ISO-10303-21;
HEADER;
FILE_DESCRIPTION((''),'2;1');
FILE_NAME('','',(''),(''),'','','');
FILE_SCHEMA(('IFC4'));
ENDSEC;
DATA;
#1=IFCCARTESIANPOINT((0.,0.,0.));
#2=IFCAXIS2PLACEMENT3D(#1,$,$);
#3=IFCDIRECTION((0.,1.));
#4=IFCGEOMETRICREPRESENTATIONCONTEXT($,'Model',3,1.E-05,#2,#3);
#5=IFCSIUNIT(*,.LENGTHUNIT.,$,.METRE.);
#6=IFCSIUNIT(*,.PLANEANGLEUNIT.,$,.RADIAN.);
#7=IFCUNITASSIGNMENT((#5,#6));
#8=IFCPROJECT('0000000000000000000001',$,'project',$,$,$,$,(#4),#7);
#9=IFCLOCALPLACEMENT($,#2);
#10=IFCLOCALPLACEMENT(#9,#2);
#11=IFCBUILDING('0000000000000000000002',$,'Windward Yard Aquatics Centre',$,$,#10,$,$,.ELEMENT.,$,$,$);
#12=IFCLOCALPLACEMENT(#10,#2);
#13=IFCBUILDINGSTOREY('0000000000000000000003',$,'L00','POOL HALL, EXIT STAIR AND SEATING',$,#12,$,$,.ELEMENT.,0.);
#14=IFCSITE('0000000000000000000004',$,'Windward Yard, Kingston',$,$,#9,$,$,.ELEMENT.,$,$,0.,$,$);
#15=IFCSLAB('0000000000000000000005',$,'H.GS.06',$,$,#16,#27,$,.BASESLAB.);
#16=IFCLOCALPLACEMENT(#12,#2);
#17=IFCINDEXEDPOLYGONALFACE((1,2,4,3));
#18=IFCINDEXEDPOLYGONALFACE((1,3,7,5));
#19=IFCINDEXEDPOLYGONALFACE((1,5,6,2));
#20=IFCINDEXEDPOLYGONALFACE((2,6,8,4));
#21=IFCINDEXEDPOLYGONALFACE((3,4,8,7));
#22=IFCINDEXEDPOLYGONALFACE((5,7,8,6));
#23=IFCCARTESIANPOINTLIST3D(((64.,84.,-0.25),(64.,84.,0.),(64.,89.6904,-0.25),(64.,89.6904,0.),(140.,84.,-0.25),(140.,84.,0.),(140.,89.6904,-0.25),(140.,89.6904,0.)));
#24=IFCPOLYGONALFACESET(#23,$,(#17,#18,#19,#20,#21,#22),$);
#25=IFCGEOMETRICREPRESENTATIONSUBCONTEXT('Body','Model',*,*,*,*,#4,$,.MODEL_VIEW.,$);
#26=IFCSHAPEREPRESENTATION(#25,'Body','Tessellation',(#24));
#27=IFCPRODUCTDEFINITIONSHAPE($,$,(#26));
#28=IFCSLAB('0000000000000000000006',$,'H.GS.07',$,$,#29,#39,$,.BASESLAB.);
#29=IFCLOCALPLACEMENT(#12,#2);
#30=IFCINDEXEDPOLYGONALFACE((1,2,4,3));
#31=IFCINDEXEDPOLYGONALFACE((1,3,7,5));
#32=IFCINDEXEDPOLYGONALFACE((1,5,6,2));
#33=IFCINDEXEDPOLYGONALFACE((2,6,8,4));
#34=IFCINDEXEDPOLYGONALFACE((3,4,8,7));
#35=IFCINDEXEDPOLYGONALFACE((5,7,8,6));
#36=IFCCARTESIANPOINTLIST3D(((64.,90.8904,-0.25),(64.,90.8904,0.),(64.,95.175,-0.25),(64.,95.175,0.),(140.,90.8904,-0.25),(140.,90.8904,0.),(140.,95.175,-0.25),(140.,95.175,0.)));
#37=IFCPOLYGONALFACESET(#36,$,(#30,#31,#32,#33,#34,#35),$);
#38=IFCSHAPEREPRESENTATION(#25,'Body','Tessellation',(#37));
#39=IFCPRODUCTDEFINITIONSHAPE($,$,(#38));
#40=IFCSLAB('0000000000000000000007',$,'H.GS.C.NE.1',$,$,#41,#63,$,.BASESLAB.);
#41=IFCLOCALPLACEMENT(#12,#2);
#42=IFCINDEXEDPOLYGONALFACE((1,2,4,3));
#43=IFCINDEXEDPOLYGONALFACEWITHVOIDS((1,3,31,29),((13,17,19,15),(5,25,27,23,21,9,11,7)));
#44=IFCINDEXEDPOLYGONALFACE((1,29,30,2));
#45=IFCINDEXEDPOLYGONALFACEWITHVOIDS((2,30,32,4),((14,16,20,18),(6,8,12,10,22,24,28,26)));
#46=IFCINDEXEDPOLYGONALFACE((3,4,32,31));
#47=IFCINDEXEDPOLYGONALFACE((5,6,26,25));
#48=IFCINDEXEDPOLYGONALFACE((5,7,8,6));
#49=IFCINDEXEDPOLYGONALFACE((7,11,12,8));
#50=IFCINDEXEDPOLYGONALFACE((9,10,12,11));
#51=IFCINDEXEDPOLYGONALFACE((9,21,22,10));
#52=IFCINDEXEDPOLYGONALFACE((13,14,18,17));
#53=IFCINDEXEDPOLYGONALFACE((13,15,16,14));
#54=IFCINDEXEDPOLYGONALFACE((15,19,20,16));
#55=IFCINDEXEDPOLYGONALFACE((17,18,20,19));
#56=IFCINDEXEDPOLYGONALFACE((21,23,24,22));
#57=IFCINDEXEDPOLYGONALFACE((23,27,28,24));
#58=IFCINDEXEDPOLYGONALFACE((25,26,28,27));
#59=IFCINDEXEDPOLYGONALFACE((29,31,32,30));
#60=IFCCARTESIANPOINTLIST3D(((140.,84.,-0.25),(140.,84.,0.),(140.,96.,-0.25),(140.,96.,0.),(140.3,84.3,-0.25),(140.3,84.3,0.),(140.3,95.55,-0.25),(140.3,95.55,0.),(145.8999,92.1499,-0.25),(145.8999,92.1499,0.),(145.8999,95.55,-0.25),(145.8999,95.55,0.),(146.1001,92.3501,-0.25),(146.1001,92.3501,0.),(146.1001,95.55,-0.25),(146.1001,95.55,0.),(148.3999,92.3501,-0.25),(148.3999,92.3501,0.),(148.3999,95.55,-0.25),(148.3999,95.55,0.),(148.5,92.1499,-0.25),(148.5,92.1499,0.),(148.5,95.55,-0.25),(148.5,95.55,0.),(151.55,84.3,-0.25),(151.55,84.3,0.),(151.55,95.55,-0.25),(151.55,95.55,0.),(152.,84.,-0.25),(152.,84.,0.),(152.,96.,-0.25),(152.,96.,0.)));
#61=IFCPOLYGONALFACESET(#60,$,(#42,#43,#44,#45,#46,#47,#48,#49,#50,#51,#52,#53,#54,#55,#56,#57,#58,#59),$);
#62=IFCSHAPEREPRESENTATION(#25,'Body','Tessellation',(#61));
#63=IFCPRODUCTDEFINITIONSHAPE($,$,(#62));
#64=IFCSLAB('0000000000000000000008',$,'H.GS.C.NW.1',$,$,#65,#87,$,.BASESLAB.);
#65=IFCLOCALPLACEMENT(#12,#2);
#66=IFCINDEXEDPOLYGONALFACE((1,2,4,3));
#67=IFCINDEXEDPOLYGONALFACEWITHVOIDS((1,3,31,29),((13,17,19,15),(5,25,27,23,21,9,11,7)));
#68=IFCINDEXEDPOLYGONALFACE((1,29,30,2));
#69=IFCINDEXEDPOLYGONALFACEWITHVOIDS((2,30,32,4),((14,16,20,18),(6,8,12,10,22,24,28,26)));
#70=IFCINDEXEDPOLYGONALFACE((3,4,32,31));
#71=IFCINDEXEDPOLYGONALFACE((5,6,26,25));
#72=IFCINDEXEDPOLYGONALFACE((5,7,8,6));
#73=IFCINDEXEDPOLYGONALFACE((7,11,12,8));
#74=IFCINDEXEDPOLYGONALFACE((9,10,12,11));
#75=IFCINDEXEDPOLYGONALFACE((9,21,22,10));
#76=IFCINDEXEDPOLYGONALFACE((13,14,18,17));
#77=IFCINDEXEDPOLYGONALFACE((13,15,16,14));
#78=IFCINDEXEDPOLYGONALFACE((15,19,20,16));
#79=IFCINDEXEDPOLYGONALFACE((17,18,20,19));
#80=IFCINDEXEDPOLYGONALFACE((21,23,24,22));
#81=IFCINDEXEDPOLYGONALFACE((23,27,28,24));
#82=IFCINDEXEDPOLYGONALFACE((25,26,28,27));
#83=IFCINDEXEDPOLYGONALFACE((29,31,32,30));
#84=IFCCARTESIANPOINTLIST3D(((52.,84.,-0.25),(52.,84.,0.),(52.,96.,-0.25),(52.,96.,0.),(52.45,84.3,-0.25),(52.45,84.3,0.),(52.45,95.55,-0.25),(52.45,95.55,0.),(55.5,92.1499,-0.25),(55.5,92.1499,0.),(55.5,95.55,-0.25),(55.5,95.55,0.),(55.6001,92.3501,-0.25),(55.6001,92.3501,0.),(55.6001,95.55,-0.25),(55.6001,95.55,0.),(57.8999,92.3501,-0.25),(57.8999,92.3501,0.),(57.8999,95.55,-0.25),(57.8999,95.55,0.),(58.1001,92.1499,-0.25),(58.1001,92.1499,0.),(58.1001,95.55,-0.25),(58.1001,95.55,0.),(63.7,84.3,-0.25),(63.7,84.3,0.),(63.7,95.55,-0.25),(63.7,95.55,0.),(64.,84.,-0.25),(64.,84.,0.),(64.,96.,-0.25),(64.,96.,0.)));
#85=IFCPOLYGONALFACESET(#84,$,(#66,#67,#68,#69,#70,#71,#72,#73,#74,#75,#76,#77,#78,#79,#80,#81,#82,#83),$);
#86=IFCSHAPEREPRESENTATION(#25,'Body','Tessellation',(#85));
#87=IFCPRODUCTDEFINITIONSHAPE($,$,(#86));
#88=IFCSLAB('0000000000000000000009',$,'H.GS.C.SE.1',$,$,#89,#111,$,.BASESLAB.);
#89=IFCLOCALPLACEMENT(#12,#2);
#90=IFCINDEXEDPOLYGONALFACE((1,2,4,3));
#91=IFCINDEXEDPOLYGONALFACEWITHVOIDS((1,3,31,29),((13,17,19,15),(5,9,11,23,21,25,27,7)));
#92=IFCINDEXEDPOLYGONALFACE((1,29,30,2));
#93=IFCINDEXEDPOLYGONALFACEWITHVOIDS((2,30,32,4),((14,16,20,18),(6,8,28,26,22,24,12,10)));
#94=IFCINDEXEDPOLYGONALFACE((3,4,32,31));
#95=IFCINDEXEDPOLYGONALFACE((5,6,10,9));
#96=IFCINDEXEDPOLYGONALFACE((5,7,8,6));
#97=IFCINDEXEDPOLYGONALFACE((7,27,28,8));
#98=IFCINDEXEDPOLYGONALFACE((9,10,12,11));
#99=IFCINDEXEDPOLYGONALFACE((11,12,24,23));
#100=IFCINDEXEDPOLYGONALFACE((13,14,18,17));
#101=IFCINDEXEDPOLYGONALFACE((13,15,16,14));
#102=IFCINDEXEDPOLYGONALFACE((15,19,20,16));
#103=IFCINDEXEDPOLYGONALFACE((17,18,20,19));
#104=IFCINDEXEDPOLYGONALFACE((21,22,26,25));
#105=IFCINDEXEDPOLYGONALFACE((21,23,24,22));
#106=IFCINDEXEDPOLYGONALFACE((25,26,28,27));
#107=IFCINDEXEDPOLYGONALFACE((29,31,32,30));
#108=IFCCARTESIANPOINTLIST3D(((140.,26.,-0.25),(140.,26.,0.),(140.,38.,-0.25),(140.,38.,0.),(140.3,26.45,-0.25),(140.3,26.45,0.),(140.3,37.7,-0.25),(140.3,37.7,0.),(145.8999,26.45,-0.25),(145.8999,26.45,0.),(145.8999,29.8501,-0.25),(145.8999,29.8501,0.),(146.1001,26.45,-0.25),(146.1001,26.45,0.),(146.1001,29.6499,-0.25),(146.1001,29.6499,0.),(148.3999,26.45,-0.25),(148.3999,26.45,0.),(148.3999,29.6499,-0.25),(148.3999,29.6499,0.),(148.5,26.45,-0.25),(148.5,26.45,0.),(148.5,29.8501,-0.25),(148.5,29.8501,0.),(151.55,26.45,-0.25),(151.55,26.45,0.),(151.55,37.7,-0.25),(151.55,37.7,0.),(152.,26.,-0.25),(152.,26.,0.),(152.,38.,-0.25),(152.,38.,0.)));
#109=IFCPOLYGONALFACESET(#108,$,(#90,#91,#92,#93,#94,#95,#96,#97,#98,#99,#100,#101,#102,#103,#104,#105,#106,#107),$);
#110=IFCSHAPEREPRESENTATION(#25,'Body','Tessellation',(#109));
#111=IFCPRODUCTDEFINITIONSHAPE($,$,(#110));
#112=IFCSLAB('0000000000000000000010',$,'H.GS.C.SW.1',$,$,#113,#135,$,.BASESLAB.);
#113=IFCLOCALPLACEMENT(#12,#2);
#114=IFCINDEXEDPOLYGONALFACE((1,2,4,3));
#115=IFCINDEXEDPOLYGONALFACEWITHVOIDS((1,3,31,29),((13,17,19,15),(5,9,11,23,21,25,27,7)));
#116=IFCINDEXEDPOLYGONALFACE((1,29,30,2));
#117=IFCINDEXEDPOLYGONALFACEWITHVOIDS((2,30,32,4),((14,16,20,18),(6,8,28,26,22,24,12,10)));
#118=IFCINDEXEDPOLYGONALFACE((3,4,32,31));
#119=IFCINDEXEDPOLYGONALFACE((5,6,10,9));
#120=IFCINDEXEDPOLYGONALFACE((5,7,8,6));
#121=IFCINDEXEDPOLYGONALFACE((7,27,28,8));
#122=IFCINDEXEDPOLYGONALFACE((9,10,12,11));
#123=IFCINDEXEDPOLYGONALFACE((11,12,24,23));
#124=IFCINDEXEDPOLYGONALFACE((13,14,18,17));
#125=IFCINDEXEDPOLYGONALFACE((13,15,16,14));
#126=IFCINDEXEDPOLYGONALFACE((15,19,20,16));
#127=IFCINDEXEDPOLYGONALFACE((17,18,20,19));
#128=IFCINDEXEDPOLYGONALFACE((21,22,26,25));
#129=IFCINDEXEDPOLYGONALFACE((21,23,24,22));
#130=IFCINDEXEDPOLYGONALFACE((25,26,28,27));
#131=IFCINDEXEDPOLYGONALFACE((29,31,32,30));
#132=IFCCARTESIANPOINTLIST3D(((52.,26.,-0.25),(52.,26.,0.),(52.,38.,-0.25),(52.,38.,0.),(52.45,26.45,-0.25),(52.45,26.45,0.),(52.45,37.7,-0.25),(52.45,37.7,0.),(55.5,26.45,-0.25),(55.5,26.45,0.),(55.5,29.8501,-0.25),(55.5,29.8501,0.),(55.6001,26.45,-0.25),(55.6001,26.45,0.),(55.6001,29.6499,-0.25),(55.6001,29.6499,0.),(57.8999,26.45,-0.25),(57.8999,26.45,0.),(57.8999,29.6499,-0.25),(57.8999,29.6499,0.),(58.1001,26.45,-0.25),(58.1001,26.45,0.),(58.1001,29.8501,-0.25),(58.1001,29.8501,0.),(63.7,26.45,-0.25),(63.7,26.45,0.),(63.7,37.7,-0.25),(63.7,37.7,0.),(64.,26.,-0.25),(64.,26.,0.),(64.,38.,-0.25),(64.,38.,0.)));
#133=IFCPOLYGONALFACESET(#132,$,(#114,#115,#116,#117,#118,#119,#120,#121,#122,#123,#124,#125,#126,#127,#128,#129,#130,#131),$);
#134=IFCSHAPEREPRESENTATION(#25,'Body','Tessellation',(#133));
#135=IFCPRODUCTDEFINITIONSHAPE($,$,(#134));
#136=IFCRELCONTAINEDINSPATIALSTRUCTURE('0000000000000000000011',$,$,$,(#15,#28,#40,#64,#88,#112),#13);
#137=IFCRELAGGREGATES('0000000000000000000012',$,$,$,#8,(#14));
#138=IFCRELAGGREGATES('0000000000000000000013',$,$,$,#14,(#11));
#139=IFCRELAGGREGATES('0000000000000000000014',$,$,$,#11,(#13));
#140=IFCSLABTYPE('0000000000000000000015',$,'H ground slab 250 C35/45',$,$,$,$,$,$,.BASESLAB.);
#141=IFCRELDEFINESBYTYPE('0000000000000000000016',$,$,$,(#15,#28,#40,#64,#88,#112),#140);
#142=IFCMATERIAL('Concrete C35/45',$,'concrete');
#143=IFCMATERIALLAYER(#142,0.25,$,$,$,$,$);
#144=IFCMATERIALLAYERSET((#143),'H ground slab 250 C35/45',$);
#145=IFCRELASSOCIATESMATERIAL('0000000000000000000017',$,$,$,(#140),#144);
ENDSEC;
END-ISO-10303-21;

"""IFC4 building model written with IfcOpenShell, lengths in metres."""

from ifc_helpers import new_model, si_unit, direction, frame, origin, place, context, subcontext, project, spatial, polyline, outline, extrude, material, layer, layer_set, type_object, element, save


model = new_model("IFC4")

# Units and contexts
model_context = context("Model", 3, precision=1e-05, world=origin(), true_north=direction((0.0, 1.0)))
body_context = subcontext(model_context, "Body", "Model", "MODEL_VIEW")
ifc_project = project(units=[si_unit("LENGTHUNIT", "METRE"), si_unit("PLANEANGLEUNIT", "RADIAN")], contexts=[model_context])

# Site, building, storey
site_placement = place(None, origin())
site = spatial("IfcSite", under=ifc_project, at=site_placement, Name="Windward Yard, Kingston", CompositionType="ELEMENT", RefElevation=0.0)
building_placement = place(site_placement, origin())
building = spatial("IfcBuilding", under=site, at=building_placement, Name="Windward Yard Aquatics Centre", CompositionType="ELEMENT")
storey_placement = place(building_placement, origin())
storey = spatial("IfcBuildingStorey", under=building, at=storey_placement, Name="L00", Description="POOL HALL, EXIT STAIR AND SEATING", CompositionType="ELEMENT", Elevation=0.0)

# Slabs
ifc_material_1 = material(Name="Concrete C35/45", Category="concrete")
ifc_layer_1 = layer(ifc_material_1, 0.25)
ifc_layer_set_1 = layer_set([ifc_layer_1], Name="H ground slab 250 C35/45")
slab_type_1 = type_object("IfcSlabType", Name="H ground slab 250 C35/45", PredefinedType="BASESLAB", material=ifc_layer_set_1)
slab_1_placement = place(storey_placement, frame((0.0, 0.0, -0.25)))
element("IfcSlab", 1, at=slab_1_placement, inside=storey, type_object=slab_type_1, Name="H.GS.06", PredefinedType="BASESLAB", context=body_context, shape_type="SweptSolid", body=[
    extrude(outline(polyline([(64.0, 84.0), (64.0, 89.6904), (140.0, 89.6904), (140.0, 84.0), (64.0, 84.0)])), origin(), (0.0, 0.0, 1.0), 0.25),
])
slab_2_placement = place(storey_placement, frame((0.0, 0.0, -0.25)))
element("IfcSlab", 2, at=slab_2_placement, inside=storey, type_object=slab_type_1, Name="H.GS.07", PredefinedType="BASESLAB", context=body_context, shape_type="SweptSolid", body=[
    extrude(outline(polyline([(64.0, 90.8904), (64.0, 95.175), (140.0, 95.175), (140.0, 90.8904), (64.0, 90.8904)])), origin(), (0.0, 0.0, 1.0), 0.25),
])
slab_3_placement = place(storey_placement, frame((0.0, 0.0, -0.25)))
element("IfcSlab", 3, at=slab_3_placement, inside=storey, type_object=slab_type_1, Name="H.GS.C.NE.1", PredefinedType="BASESLAB", context=body_context, shape_type="SweptSolid", body=[
    extrude(outline(polyline([(140.0, 84.0), (140.0, 96.0), (152.0, 96.0), (152.0, 84.0), (140.0, 84.0)]), holes=[polyline([(140.3, 84.3), (151.55, 84.3), (151.55, 95.55), (148.5, 95.55), (148.5, 92.1499), (145.8999, 92.1499), (145.8999, 95.55), (140.3, 95.55), (140.3, 84.3)]), polyline([(146.1001, 92.3501), (148.3999, 92.3501), (148.3999, 95.55), (146.1001, 95.55), (146.1001, 92.3501)])]), origin(), (0.0, 0.0, 1.0), 0.25),
])
slab_4_placement = place(storey_placement, frame((0.0, 0.0, -0.25)))
element("IfcSlab", 4, at=slab_4_placement, inside=storey, type_object=slab_type_1, Name="H.GS.C.NW.1", PredefinedType="BASESLAB", context=body_context, shape_type="SweptSolid", body=[
    extrude(outline(polyline([(52.0, 84.0), (52.0, 96.0), (64.0, 96.0), (64.0, 84.0), (52.0, 84.0)]), holes=[polyline([(52.45, 84.3), (63.7, 84.3), (63.7, 95.55), (58.1001, 95.55), (58.1001, 92.1499), (55.5, 92.1499), (55.5, 95.55), (52.45, 95.55), (52.45, 84.3)]), polyline([(55.6001, 92.3501), (57.8999, 92.3501), (57.8999, 95.55), (55.6001, 95.55), (55.6001, 92.3501)])]), origin(), (0.0, 0.0, 1.0), 0.25),
])
slab_5_placement = place(storey_placement, frame((0.0, 0.0, -0.25)))
element("IfcSlab", 5, at=slab_5_placement, inside=storey, type_object=slab_type_1, Name="H.GS.C.SE.1", PredefinedType="BASESLAB", context=body_context, shape_type="SweptSolid", body=[
    extrude(outline(polyline([(140.0, 26.0), (140.0, 38.0), (152.0, 38.0), (152.0, 26.0), (140.0, 26.0)]), holes=[polyline([(140.3, 26.45), (145.8999, 26.45), (145.8999, 29.8501), (148.5, 29.8501), (148.5, 26.45), (151.55, 26.45), (151.55, 37.7), (140.3, 37.7), (140.3, 26.45)]), polyline([(146.1001, 26.45), (148.3999, 26.45), (148.3999, 29.6499), (146.1001, 29.6499), (146.1001, 26.45)])]), origin(), (0.0, 0.0, 1.0), 0.25),
])
slab_6_placement = place(storey_placement, frame((0.0, 0.0, -0.25)))
element("IfcSlab", 6, at=slab_6_placement, inside=storey, type_object=slab_type_1, Name="H.GS.C.SW.1", PredefinedType="BASESLAB", context=body_context, shape_type="SweptSolid", body=[
    extrude(outline(polyline([(52.0, 26.0), (52.0, 38.0), (64.0, 38.0), (64.0, 26.0), (52.0, 26.0)]), holes=[polyline([(52.45, 26.45), (55.5, 26.45), (55.5, 29.8501), (58.1001, 29.8501), (58.1001, 26.45), (63.7, 26.45), (63.7, 37.7), (52.45, 37.7), (52.45, 26.45)]), polyline([(55.6001, 26.45), (57.8999, 26.45), (57.8999, 29.6499), (55.6001, 29.6499), (55.6001, 26.45)])]), origin(), (0.0, 0.0, 1.0), 0.25),
])

save(model, "model.ifc")
